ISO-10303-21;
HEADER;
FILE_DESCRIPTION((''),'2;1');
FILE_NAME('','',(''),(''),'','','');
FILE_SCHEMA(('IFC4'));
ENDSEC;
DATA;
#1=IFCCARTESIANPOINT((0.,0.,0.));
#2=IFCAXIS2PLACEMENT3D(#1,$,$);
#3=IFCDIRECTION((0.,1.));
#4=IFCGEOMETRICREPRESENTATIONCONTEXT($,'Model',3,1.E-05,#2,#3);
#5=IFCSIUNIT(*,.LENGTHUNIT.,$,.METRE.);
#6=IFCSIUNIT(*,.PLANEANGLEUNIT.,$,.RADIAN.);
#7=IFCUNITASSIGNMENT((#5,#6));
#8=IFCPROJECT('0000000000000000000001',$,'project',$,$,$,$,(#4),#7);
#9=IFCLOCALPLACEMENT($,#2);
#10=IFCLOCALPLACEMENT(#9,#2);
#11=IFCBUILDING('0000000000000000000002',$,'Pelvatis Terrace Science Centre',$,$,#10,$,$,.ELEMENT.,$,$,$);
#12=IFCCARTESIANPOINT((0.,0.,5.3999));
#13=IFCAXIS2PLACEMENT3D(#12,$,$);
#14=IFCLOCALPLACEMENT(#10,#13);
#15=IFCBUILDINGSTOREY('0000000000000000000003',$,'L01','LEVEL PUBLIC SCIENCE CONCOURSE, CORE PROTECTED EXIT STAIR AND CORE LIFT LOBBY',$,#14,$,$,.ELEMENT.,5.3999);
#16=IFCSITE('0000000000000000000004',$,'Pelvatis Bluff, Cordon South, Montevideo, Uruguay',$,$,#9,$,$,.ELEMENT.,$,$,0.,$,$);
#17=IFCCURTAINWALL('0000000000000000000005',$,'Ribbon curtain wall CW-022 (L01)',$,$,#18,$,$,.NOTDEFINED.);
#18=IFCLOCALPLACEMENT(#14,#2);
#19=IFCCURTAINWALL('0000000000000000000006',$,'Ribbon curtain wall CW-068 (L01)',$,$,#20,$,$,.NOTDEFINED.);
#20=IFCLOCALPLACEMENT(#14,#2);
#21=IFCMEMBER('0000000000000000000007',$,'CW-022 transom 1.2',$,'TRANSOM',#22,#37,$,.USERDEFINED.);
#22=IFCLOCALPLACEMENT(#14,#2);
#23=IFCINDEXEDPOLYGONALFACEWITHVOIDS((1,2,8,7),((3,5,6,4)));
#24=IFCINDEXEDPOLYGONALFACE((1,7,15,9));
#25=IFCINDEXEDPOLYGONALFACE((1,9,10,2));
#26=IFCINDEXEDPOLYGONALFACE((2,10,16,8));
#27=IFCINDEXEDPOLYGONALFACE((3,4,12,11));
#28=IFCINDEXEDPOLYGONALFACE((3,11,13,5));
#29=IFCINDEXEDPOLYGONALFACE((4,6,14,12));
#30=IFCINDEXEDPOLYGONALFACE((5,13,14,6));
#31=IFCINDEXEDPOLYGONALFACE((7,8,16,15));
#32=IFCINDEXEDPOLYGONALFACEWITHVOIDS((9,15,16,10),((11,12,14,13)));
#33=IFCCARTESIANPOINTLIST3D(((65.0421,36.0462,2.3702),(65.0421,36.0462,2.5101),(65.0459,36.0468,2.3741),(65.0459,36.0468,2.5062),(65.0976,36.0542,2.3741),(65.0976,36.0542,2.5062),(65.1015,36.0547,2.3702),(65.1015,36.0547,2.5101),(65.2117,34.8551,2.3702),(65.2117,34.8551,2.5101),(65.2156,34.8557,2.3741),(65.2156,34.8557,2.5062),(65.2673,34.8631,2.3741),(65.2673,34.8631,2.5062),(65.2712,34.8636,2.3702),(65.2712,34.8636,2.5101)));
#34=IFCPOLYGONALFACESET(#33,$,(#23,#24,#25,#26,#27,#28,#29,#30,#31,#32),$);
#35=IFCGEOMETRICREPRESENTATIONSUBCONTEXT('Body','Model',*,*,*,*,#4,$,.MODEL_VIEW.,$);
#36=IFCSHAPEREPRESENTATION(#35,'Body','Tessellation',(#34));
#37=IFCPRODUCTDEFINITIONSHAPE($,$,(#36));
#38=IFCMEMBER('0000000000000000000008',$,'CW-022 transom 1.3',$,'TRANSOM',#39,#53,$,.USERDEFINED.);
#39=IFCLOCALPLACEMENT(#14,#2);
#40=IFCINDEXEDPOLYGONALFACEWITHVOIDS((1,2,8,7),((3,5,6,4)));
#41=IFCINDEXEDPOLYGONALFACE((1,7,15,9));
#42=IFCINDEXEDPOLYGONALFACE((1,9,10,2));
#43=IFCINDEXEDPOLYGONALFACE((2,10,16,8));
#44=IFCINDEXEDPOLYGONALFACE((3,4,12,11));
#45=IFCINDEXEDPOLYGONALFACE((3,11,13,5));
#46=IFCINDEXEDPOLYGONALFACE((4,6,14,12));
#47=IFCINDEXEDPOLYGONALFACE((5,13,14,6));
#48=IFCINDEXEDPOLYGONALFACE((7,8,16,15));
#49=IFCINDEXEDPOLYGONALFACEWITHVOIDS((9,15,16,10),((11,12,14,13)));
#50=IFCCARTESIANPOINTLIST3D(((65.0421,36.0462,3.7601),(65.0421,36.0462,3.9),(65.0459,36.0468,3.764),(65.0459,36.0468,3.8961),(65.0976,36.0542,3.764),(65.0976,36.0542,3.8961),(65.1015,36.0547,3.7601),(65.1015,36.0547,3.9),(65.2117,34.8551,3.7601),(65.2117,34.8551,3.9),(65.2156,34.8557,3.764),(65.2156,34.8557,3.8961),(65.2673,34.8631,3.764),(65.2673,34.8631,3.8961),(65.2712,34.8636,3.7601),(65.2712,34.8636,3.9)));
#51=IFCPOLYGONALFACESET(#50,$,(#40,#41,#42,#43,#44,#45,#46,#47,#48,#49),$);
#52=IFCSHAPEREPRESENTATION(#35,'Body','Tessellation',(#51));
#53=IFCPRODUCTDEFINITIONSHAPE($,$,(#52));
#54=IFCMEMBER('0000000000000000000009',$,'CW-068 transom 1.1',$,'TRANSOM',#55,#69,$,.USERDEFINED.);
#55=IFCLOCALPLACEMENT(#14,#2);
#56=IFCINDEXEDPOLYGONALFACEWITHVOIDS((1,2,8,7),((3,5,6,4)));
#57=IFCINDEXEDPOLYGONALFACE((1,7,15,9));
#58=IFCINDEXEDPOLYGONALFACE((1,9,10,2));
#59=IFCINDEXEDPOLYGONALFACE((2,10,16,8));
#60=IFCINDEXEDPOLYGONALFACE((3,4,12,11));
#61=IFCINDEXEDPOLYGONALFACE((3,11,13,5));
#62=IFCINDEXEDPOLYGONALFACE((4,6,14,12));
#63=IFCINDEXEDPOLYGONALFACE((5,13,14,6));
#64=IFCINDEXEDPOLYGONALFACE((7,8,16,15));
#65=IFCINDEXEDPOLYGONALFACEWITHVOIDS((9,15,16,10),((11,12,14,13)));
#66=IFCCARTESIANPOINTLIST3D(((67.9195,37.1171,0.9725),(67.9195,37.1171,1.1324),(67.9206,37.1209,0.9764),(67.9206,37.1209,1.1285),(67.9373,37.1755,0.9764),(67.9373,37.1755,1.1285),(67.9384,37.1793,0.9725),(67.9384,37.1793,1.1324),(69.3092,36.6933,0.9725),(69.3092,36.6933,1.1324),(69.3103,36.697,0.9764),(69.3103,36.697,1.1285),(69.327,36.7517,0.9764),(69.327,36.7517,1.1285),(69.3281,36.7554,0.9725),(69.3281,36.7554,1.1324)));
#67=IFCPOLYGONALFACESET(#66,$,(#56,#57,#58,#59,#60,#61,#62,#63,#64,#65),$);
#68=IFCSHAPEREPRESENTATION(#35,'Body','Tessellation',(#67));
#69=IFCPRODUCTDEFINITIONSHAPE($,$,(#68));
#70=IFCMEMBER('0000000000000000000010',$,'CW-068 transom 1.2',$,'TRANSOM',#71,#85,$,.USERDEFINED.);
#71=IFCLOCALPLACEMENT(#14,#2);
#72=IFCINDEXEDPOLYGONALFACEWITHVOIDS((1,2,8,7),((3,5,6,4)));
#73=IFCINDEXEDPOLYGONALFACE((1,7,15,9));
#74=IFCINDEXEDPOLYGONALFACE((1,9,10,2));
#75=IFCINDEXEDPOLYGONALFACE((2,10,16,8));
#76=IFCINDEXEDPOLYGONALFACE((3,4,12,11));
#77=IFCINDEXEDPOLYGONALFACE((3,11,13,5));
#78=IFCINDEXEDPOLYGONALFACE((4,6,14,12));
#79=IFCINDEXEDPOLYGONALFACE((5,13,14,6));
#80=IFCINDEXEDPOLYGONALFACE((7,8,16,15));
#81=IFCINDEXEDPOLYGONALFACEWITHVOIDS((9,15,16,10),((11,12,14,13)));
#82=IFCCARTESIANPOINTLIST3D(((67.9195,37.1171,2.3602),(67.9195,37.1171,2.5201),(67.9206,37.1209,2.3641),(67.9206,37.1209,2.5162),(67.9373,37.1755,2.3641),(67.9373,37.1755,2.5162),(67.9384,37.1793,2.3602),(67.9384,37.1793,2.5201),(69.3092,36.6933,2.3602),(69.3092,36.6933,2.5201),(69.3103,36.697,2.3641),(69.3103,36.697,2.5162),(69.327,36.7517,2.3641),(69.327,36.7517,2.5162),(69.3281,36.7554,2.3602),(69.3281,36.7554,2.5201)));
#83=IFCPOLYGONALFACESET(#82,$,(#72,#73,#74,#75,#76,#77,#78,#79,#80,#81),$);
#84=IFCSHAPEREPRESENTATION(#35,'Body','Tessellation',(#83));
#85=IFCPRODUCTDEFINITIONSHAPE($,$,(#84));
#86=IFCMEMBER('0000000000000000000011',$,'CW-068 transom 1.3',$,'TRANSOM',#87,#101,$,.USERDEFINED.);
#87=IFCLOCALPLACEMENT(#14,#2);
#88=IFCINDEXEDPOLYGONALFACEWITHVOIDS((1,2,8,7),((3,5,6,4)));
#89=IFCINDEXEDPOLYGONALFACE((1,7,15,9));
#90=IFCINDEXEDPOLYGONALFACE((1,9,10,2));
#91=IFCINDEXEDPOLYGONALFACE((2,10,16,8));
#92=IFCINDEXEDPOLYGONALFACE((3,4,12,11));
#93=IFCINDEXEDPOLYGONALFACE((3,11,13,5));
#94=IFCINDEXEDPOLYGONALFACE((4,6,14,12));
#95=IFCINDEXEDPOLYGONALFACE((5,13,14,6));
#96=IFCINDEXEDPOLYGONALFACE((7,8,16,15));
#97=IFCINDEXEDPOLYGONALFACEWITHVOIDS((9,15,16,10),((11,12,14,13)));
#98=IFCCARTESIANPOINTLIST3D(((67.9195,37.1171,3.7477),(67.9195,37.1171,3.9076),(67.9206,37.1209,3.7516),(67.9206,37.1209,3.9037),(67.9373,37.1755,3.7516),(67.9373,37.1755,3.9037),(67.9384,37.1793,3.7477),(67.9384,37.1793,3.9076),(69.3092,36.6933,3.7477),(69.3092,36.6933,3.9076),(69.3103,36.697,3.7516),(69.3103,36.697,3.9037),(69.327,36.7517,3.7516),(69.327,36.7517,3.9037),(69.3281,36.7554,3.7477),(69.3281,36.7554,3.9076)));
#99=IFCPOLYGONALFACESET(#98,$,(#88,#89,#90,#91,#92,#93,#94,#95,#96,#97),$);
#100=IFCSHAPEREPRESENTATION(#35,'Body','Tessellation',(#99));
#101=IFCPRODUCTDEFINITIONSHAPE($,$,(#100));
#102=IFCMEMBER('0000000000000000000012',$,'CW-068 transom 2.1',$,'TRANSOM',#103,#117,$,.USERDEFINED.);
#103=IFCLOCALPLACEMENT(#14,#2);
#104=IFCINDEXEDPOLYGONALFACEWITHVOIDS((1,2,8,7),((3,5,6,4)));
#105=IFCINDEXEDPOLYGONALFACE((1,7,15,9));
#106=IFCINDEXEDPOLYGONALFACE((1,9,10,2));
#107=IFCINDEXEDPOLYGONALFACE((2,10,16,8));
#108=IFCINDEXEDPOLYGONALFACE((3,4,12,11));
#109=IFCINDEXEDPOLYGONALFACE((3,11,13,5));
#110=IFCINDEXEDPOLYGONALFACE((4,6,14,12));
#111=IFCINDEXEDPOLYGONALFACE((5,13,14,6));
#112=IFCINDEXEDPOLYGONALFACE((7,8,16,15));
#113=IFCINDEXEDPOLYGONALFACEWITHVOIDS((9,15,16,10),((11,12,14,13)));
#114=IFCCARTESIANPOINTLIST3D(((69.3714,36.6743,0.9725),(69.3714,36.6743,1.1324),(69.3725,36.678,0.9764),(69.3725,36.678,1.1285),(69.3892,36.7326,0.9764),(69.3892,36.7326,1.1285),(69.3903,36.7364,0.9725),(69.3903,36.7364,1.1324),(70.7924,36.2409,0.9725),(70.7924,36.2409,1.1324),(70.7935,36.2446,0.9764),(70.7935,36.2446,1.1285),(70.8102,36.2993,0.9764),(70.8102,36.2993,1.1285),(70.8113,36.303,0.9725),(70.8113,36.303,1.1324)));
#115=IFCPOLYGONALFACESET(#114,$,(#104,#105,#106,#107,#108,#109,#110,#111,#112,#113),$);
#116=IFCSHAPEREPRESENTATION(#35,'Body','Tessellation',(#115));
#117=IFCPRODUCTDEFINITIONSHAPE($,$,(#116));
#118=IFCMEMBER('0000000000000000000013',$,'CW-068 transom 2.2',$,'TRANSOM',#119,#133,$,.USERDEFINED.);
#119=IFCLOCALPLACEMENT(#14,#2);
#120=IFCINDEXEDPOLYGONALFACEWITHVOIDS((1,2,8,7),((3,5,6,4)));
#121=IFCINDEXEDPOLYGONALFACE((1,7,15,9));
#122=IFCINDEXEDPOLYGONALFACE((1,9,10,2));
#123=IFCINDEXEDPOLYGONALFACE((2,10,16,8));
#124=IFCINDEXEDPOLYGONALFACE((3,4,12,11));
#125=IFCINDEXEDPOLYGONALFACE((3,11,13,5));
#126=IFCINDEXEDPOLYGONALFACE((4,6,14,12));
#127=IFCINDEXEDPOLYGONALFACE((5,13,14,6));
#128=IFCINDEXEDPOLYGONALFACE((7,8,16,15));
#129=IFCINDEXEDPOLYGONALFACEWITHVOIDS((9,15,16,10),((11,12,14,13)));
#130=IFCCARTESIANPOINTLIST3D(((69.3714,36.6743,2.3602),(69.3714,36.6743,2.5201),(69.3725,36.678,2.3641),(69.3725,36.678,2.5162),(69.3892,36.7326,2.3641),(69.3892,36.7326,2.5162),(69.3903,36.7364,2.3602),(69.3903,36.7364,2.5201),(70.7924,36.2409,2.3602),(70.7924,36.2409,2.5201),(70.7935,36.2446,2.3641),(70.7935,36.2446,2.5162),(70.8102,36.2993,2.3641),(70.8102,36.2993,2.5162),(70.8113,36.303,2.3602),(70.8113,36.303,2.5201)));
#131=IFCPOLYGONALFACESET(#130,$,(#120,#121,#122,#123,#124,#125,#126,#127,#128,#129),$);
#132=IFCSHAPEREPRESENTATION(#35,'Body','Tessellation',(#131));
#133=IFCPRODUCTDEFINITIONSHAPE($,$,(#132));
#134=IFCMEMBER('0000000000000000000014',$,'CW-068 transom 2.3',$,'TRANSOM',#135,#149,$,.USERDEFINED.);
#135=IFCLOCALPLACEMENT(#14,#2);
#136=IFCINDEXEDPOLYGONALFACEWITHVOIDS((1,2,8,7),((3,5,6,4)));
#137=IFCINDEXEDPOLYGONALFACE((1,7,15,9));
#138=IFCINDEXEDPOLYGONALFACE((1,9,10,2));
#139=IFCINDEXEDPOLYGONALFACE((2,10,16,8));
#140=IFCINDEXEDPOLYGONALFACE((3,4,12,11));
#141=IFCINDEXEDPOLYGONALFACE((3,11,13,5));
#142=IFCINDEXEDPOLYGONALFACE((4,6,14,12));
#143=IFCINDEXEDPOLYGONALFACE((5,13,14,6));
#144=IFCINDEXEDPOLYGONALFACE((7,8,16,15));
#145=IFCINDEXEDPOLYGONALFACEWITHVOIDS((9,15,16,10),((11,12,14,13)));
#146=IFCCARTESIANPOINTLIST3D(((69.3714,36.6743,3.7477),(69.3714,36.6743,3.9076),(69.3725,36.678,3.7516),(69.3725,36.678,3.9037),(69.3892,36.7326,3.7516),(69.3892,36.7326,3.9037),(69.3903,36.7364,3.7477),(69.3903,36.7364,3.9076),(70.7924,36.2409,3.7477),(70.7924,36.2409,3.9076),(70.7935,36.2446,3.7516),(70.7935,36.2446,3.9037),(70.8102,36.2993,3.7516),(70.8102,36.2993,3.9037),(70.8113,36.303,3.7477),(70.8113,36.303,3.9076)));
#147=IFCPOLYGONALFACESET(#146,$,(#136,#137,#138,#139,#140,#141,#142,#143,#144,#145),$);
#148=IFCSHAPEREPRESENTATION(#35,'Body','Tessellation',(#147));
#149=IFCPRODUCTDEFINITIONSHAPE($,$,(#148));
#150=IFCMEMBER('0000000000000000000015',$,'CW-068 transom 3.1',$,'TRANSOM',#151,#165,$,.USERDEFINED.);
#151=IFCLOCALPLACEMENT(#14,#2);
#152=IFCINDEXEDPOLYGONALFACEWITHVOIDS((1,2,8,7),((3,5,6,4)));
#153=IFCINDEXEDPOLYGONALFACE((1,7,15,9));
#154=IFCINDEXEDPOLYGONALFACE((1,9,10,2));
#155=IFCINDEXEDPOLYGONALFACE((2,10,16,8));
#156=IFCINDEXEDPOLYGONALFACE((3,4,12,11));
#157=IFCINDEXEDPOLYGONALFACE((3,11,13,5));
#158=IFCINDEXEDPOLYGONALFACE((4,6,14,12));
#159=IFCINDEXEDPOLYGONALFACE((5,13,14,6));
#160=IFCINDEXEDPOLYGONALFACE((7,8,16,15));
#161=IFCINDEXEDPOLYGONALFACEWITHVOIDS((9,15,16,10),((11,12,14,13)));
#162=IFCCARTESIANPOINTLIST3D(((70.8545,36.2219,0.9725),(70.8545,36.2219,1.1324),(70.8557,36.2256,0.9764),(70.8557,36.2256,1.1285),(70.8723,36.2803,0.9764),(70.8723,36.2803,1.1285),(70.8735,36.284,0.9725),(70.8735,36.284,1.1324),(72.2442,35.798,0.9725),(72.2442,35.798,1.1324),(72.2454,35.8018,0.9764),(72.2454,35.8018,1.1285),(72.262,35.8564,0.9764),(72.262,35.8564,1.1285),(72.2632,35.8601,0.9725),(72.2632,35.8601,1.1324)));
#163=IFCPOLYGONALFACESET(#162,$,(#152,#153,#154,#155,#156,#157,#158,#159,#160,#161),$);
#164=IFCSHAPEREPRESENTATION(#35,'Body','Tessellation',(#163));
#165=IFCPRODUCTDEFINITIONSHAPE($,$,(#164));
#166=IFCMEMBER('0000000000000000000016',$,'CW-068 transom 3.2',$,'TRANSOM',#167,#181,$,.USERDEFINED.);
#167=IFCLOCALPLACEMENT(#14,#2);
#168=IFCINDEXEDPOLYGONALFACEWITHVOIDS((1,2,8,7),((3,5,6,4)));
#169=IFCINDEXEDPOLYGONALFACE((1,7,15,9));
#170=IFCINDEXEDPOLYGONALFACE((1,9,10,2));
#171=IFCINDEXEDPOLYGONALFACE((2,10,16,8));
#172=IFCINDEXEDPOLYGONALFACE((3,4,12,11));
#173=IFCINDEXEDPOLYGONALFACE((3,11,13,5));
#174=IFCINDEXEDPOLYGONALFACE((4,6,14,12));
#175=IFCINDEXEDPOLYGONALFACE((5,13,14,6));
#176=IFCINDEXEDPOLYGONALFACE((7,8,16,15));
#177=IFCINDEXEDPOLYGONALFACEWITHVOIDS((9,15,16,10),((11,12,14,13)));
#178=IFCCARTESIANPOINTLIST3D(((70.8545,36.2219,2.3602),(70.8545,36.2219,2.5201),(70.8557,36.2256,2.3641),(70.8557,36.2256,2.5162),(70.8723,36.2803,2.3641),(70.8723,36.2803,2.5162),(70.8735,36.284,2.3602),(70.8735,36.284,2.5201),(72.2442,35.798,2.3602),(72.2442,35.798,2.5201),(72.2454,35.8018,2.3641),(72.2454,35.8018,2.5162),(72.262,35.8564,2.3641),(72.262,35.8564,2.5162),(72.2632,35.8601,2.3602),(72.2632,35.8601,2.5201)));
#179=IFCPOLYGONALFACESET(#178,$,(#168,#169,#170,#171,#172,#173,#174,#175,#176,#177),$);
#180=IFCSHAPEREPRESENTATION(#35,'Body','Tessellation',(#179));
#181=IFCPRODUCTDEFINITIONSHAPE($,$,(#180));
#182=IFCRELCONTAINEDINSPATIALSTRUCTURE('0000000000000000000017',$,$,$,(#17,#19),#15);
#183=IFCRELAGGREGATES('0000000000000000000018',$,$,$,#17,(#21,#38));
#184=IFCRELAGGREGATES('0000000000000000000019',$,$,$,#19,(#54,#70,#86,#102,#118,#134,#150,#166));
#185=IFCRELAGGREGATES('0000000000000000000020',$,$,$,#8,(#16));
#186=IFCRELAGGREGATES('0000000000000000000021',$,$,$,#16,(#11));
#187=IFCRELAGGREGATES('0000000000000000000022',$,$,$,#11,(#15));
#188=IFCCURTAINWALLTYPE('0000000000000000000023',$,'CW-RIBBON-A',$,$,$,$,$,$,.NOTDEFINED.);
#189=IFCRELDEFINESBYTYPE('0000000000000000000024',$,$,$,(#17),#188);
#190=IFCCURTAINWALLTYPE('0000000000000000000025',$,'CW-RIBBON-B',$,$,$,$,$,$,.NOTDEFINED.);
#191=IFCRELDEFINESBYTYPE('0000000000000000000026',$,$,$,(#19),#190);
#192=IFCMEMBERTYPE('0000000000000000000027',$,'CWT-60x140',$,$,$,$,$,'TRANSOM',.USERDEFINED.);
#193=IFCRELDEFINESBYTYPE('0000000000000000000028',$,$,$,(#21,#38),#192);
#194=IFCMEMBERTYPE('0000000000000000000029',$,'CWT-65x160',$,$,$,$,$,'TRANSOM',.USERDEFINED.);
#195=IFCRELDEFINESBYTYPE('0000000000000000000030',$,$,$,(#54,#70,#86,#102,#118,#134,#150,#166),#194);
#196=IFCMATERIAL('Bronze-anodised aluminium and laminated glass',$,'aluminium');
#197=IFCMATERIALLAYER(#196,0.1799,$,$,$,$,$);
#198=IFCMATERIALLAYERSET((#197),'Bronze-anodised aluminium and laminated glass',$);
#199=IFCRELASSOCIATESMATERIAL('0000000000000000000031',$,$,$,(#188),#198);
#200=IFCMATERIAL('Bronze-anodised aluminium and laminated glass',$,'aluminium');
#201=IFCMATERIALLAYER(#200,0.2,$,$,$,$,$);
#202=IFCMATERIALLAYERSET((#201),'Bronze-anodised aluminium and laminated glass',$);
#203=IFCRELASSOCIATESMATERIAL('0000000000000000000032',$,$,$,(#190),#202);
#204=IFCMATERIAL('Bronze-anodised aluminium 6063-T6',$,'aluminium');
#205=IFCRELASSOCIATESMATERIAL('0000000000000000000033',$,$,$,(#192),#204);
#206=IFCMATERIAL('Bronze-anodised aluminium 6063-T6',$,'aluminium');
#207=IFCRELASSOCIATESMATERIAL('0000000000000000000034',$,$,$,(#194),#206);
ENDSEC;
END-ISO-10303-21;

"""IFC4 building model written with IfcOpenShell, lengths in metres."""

from ifc_helpers import new_model, si_unit, direction, frame, origin, origin_2d, place, context, subcontext, project, spatial, hollow_rectangle, extrude, material, layer, layer_set, material_profile, profile_set, type_object, element, aggregate, save


model = new_model("IFC4")

# Units and contexts
model_context = context("Model", 3, precision=1e-05, world=origin(), true_north=direction((0.0, 1.0)))
body_context = subcontext(model_context, "Body", "Model", "MODEL_VIEW")
ifc_project = project(units=[si_unit("LENGTHUNIT", "METRE"), si_unit("PLANEANGLEUNIT", "RADIAN")], contexts=[model_context])

# Site, building, storey
site_placement = place(None, origin())
site = spatial("IfcSite", under=ifc_project, at=site_placement, Name="Pelvatis Bluff, Cordon South, Montevideo, Uruguay", CompositionType="ELEMENT", RefElevation=0.0)
building_placement = place(site_placement, origin())
building = spatial("IfcBuilding", under=site, at=building_placement, Name="Pelvatis Terrace Science Centre", CompositionType="ELEMENT")
storey_placement = place(building_placement, frame((0.0, 0.0, 5.3999)))
storey = spatial("IfcBuildingStorey", under=building, at=storey_placement, Name="L01", Description="LEVEL PUBLIC SCIENCE CONCOURSE, CORE PROTECTED EXIT STAIR AND CORE LIFT LOBBY", CompositionType="ELEMENT", Elevation=5.3999)

# Curtain wall
ifc_material_1 = material(Name="Bronze-anodised aluminium and laminated glass", Category="aluminium")
ifc_layer_1 = layer(ifc_material_1, 0.1799)
ifc_layer_set_1 = layer_set([ifc_layer_1], Name="Bronze-anodised aluminium and laminated glass")
curtain_wall_type_1 = type_object("IfcCurtainWallType", Name="CW-RIBBON-A", PredefinedType="NOTDEFINED", material=ifc_layer_set_1)
curtain_wall_1_placement = place(storey_placement, origin())
curtain_wall_1 = element("IfcCurtainWall", 1, at=curtain_wall_1_placement, inside=storey, type_object=curtain_wall_type_1, Name="Ribbon curtain wall CW-022 (L01)", PredefinedType="NOTDEFINED")

# Curtain wall
ifc_material_2 = material(Name="Bronze-anodised aluminium and laminated glass", Category="aluminium")
ifc_layer_2 = layer(ifc_material_2, 0.2)
ifc_layer_set_2 = layer_set([ifc_layer_2], Name="Bronze-anodised aluminium and laminated glass")
curtain_wall_type_2 = type_object("IfcCurtainWallType", Name="CW-RIBBON-B", PredefinedType="NOTDEFINED", material=ifc_layer_set_2)
curtain_wall_2_placement = place(storey_placement, origin())
curtain_wall_2 = element("IfcCurtainWall", 2, at=curtain_wall_2_placement, inside=storey, type_object=curtain_wall_type_2, Name="Ribbon curtain wall CW-068 (L01)", PredefinedType="NOTDEFINED")

# Members
ifc_material_3 = material(Name="Bronze-anodised aluminium 6063-T6", Category="aluminium")
ifc_material_profile_1 = material_profile(ifc_material_3, hollow_rectangle(XDim=0.0601, YDim=0.1399, WallThickness=0.0039, at=origin_2d()), Name="ALU-TRN 60x140")
ifc_profile_set_1 = profile_set([ifc_material_profile_1], Name="Bronze-anodised aluminium 6063-T6")
member_type_1 = type_object("IfcMemberType", Name="CWT-60x140", ElementType="TRANSOM", PredefinedType="USERDEFINED", material=ifc_profile_set_1)
member_1_placement = place(storey_placement, frame((65.2415, 34.8594, 2.4402), z_axis=(-0.141024, 0.990006, 0.0), x_axis=(-0.990006, -0.141024, 0.0)))
member_1 = element("IfcMember", 3, at=member_1_placement, type_object=member_type_1, Name="CW-022 transom 1.2", ObjectType="TRANSOM", PredefinedType="USERDEFINED", context=body_context, shape_type="SweptSolid", body=[
    extrude(hollow_rectangle(XDim=0.0601, YDim=0.1399, WallThickness=0.0039, at=origin_2d()), origin(), (0.0, 0.0, 1.0), 1.2031),
])
member_2_placement = place(storey_placement, frame((65.2415, 34.8594, 3.8301), z_axis=(-0.141024, 0.990006, 0.0), x_axis=(-0.990006, -0.141024, 0.0)))
member_2 = element("IfcMember", 4, at=member_2_placement, type_object=member_type_1, Name="CW-022 transom 1.3", ObjectType="TRANSOM", PredefinedType="USERDEFINED", context=body_context, shape_type="SweptSolid", body=[
    extrude(hollow_rectangle(XDim=0.0601, YDim=0.1399, WallThickness=0.0039, at=origin_2d()), origin(), (0.0, 0.0, 1.0), 1.2031),
])
ifc_material_4 = material(Name="Bronze-anodised aluminium 6063-T6", Category="aluminium")
ifc_material_profile_2 = material_profile(ifc_material_4, hollow_rectangle(XDim=0.0649, YDim=0.1599, WallThickness=0.0039, at=origin_2d()), Name="ALU-TRN 65x160")
ifc_profile_set_2 = profile_set([ifc_material_profile_2], Name="Bronze-anodised aluminium 6063-T6")
member_type_2 = type_object("IfcMemberType", Name="CWT-65x160", ElementType="TRANSOM", PredefinedType="USERDEFINED", material=ifc_profile_set_2)
member_3_placement = place(storey_placement, frame((67.929, 37.1482, 1.0525), z_axis=(0.956503, -0.291723, 0.0), x_axis=(0.291723, 0.956503, 0.0)))
member_3 = element("IfcMember", 5, at=member_3_placement, type_object=member_type_2, Name="CW-068 transom 1.1", ObjectType="TRANSOM", PredefinedType="USERDEFINED", context=body_context, shape_type="SweptSolid", body=[
    extrude(hollow_rectangle(XDim=0.0649, YDim=0.1599, WallThickness=0.0039, at=origin_2d()), origin(), (0.0, 0.0, 1.0), 1.4529),
])
member_4_placement = place(storey_placement, frame((67.929, 37.1482, 2.4402), z_axis=(0.956503, -0.291723, 0.0), x_axis=(0.291723, 0.956503, 0.0)))
member_4 = element("IfcMember", 6, at=member_4_placement, type_object=member_type_2, Name="CW-068 transom 1.2", ObjectType="TRANSOM", PredefinedType="USERDEFINED", context=body_context, shape_type="SweptSolid", body=[
    extrude(hollow_rectangle(XDim=0.0649, YDim=0.1599, WallThickness=0.0039, at=origin_2d()), origin(), (0.0, 0.0, 1.0), 1.4529),
])
member_5_placement = place(storey_placement, frame((67.929, 37.1482, 3.8276), z_axis=(0.956503, -0.291723, 0.0), x_axis=(0.291723, 0.956503, 0.0)))
member_5 = element("IfcMember", 7, at=member_5_placement, type_object=member_type_2, Name="CW-068 transom 1.3", ObjectType="TRANSOM", PredefinedType="USERDEFINED", context=body_context, shape_type="SweptSolid", body=[
    extrude(hollow_rectangle(XDim=0.0649, YDim=0.1599, WallThickness=0.0039, at=origin_2d()), origin(), (0.0, 0.0, 1.0), 1.4529),
])
member_6_placement = place(storey_placement, frame((69.3809, 36.7053, 1.0525), z_axis=(0.956505, -0.291717, 0.0), x_axis=(0.291717, 0.956505, 0.0)))
member_6 = element("IfcMember", 8, at=member_6_placement, type_object=member_type_2, Name="CW-068 transom 2.1", ObjectType="TRANSOM", PredefinedType="USERDEFINED", context=body_context, shape_type="SweptSolid", body=[
    extrude(hollow_rectangle(XDim=0.0649, YDim=0.1599, WallThickness=0.0039, at=origin_2d()), origin(), (0.0, 0.0, 1.0), 1.4856),
])
member_7_placement = place(storey_placement, frame((69.3809, 36.7053, 2.4402), z_axis=(0.956505, -0.291717, 0.0), x_axis=(0.291717, 0.956505, 0.0)))
member_7 = element("IfcMember", 9, at=member_7_placement, type_object=member_type_2, Name="CW-068 transom 2.2", ObjectType="TRANSOM", PredefinedType="USERDEFINED", context=body_context, shape_type="SweptSolid", body=[
    extrude(hollow_rectangle(XDim=0.0649, YDim=0.1599, WallThickness=0.0039, at=origin_2d()), origin(), (0.0, 0.0, 1.0), 1.4856),
])
member_8_placement = place(storey_placement, frame((69.3809, 36.7053, 3.8276), z_axis=(0.956505, -0.291717, 0.0), x_axis=(0.291717, 0.956505, 0.0)))
member_8 = element("IfcMember", 10, at=member_8_placement, type_object=member_type_2, Name="CW-068 transom 2.3", ObjectType="TRANSOM", PredefinedType="USERDEFINED", context=body_context, shape_type="SweptSolid", body=[
    extrude(hollow_rectangle(XDim=0.0649, YDim=0.1599, WallThickness=0.0039, at=origin_2d()), origin(), (0.0, 0.0, 1.0), 1.4856),
])
member_9_placement = place(storey_placement, frame((70.864, 36.2529, 1.0525), z_axis=(0.956503, -0.291723, 0.0), x_axis=(0.291723, 0.956503, 0.0)))
member_9 = element("IfcMember", 11, at=member_9_placement, type_object=member_type_2, Name="CW-068 transom 3.1", ObjectType="TRANSOM", PredefinedType="USERDEFINED", context=body_context, shape_type="SweptSolid", body=[
    extrude(hollow_rectangle(XDim=0.0649, YDim=0.1599, WallThickness=0.0039, at=origin_2d()), origin(), (0.0, 0.0, 1.0), 1.4529),
])
member_10_placement = place(storey_placement, frame((70.864, 36.2529, 2.4402), z_axis=(0.956503, -0.291723, 0.0), x_axis=(0.291723, 0.956503, 0.0)))
member_10 = element("IfcMember", 12, at=member_10_placement, type_object=member_type_2, Name="CW-068 transom 3.2", ObjectType="TRANSOM", PredefinedType="USERDEFINED", context=body_context, shape_type="SweptSolid", body=[
    extrude(hollow_rectangle(XDim=0.0649, YDim=0.1599, WallThickness=0.0039, at=origin_2d()), origin(), (0.0, 0.0, 1.0), 1.4529),
])

aggregate(curtain_wall_1, [member_1, member_2])
aggregate(curtain_wall_2, [member_3, member_4, member_5, member_6, member_7, member_8, member_9, member_10])

save(model, "model.ifc")
